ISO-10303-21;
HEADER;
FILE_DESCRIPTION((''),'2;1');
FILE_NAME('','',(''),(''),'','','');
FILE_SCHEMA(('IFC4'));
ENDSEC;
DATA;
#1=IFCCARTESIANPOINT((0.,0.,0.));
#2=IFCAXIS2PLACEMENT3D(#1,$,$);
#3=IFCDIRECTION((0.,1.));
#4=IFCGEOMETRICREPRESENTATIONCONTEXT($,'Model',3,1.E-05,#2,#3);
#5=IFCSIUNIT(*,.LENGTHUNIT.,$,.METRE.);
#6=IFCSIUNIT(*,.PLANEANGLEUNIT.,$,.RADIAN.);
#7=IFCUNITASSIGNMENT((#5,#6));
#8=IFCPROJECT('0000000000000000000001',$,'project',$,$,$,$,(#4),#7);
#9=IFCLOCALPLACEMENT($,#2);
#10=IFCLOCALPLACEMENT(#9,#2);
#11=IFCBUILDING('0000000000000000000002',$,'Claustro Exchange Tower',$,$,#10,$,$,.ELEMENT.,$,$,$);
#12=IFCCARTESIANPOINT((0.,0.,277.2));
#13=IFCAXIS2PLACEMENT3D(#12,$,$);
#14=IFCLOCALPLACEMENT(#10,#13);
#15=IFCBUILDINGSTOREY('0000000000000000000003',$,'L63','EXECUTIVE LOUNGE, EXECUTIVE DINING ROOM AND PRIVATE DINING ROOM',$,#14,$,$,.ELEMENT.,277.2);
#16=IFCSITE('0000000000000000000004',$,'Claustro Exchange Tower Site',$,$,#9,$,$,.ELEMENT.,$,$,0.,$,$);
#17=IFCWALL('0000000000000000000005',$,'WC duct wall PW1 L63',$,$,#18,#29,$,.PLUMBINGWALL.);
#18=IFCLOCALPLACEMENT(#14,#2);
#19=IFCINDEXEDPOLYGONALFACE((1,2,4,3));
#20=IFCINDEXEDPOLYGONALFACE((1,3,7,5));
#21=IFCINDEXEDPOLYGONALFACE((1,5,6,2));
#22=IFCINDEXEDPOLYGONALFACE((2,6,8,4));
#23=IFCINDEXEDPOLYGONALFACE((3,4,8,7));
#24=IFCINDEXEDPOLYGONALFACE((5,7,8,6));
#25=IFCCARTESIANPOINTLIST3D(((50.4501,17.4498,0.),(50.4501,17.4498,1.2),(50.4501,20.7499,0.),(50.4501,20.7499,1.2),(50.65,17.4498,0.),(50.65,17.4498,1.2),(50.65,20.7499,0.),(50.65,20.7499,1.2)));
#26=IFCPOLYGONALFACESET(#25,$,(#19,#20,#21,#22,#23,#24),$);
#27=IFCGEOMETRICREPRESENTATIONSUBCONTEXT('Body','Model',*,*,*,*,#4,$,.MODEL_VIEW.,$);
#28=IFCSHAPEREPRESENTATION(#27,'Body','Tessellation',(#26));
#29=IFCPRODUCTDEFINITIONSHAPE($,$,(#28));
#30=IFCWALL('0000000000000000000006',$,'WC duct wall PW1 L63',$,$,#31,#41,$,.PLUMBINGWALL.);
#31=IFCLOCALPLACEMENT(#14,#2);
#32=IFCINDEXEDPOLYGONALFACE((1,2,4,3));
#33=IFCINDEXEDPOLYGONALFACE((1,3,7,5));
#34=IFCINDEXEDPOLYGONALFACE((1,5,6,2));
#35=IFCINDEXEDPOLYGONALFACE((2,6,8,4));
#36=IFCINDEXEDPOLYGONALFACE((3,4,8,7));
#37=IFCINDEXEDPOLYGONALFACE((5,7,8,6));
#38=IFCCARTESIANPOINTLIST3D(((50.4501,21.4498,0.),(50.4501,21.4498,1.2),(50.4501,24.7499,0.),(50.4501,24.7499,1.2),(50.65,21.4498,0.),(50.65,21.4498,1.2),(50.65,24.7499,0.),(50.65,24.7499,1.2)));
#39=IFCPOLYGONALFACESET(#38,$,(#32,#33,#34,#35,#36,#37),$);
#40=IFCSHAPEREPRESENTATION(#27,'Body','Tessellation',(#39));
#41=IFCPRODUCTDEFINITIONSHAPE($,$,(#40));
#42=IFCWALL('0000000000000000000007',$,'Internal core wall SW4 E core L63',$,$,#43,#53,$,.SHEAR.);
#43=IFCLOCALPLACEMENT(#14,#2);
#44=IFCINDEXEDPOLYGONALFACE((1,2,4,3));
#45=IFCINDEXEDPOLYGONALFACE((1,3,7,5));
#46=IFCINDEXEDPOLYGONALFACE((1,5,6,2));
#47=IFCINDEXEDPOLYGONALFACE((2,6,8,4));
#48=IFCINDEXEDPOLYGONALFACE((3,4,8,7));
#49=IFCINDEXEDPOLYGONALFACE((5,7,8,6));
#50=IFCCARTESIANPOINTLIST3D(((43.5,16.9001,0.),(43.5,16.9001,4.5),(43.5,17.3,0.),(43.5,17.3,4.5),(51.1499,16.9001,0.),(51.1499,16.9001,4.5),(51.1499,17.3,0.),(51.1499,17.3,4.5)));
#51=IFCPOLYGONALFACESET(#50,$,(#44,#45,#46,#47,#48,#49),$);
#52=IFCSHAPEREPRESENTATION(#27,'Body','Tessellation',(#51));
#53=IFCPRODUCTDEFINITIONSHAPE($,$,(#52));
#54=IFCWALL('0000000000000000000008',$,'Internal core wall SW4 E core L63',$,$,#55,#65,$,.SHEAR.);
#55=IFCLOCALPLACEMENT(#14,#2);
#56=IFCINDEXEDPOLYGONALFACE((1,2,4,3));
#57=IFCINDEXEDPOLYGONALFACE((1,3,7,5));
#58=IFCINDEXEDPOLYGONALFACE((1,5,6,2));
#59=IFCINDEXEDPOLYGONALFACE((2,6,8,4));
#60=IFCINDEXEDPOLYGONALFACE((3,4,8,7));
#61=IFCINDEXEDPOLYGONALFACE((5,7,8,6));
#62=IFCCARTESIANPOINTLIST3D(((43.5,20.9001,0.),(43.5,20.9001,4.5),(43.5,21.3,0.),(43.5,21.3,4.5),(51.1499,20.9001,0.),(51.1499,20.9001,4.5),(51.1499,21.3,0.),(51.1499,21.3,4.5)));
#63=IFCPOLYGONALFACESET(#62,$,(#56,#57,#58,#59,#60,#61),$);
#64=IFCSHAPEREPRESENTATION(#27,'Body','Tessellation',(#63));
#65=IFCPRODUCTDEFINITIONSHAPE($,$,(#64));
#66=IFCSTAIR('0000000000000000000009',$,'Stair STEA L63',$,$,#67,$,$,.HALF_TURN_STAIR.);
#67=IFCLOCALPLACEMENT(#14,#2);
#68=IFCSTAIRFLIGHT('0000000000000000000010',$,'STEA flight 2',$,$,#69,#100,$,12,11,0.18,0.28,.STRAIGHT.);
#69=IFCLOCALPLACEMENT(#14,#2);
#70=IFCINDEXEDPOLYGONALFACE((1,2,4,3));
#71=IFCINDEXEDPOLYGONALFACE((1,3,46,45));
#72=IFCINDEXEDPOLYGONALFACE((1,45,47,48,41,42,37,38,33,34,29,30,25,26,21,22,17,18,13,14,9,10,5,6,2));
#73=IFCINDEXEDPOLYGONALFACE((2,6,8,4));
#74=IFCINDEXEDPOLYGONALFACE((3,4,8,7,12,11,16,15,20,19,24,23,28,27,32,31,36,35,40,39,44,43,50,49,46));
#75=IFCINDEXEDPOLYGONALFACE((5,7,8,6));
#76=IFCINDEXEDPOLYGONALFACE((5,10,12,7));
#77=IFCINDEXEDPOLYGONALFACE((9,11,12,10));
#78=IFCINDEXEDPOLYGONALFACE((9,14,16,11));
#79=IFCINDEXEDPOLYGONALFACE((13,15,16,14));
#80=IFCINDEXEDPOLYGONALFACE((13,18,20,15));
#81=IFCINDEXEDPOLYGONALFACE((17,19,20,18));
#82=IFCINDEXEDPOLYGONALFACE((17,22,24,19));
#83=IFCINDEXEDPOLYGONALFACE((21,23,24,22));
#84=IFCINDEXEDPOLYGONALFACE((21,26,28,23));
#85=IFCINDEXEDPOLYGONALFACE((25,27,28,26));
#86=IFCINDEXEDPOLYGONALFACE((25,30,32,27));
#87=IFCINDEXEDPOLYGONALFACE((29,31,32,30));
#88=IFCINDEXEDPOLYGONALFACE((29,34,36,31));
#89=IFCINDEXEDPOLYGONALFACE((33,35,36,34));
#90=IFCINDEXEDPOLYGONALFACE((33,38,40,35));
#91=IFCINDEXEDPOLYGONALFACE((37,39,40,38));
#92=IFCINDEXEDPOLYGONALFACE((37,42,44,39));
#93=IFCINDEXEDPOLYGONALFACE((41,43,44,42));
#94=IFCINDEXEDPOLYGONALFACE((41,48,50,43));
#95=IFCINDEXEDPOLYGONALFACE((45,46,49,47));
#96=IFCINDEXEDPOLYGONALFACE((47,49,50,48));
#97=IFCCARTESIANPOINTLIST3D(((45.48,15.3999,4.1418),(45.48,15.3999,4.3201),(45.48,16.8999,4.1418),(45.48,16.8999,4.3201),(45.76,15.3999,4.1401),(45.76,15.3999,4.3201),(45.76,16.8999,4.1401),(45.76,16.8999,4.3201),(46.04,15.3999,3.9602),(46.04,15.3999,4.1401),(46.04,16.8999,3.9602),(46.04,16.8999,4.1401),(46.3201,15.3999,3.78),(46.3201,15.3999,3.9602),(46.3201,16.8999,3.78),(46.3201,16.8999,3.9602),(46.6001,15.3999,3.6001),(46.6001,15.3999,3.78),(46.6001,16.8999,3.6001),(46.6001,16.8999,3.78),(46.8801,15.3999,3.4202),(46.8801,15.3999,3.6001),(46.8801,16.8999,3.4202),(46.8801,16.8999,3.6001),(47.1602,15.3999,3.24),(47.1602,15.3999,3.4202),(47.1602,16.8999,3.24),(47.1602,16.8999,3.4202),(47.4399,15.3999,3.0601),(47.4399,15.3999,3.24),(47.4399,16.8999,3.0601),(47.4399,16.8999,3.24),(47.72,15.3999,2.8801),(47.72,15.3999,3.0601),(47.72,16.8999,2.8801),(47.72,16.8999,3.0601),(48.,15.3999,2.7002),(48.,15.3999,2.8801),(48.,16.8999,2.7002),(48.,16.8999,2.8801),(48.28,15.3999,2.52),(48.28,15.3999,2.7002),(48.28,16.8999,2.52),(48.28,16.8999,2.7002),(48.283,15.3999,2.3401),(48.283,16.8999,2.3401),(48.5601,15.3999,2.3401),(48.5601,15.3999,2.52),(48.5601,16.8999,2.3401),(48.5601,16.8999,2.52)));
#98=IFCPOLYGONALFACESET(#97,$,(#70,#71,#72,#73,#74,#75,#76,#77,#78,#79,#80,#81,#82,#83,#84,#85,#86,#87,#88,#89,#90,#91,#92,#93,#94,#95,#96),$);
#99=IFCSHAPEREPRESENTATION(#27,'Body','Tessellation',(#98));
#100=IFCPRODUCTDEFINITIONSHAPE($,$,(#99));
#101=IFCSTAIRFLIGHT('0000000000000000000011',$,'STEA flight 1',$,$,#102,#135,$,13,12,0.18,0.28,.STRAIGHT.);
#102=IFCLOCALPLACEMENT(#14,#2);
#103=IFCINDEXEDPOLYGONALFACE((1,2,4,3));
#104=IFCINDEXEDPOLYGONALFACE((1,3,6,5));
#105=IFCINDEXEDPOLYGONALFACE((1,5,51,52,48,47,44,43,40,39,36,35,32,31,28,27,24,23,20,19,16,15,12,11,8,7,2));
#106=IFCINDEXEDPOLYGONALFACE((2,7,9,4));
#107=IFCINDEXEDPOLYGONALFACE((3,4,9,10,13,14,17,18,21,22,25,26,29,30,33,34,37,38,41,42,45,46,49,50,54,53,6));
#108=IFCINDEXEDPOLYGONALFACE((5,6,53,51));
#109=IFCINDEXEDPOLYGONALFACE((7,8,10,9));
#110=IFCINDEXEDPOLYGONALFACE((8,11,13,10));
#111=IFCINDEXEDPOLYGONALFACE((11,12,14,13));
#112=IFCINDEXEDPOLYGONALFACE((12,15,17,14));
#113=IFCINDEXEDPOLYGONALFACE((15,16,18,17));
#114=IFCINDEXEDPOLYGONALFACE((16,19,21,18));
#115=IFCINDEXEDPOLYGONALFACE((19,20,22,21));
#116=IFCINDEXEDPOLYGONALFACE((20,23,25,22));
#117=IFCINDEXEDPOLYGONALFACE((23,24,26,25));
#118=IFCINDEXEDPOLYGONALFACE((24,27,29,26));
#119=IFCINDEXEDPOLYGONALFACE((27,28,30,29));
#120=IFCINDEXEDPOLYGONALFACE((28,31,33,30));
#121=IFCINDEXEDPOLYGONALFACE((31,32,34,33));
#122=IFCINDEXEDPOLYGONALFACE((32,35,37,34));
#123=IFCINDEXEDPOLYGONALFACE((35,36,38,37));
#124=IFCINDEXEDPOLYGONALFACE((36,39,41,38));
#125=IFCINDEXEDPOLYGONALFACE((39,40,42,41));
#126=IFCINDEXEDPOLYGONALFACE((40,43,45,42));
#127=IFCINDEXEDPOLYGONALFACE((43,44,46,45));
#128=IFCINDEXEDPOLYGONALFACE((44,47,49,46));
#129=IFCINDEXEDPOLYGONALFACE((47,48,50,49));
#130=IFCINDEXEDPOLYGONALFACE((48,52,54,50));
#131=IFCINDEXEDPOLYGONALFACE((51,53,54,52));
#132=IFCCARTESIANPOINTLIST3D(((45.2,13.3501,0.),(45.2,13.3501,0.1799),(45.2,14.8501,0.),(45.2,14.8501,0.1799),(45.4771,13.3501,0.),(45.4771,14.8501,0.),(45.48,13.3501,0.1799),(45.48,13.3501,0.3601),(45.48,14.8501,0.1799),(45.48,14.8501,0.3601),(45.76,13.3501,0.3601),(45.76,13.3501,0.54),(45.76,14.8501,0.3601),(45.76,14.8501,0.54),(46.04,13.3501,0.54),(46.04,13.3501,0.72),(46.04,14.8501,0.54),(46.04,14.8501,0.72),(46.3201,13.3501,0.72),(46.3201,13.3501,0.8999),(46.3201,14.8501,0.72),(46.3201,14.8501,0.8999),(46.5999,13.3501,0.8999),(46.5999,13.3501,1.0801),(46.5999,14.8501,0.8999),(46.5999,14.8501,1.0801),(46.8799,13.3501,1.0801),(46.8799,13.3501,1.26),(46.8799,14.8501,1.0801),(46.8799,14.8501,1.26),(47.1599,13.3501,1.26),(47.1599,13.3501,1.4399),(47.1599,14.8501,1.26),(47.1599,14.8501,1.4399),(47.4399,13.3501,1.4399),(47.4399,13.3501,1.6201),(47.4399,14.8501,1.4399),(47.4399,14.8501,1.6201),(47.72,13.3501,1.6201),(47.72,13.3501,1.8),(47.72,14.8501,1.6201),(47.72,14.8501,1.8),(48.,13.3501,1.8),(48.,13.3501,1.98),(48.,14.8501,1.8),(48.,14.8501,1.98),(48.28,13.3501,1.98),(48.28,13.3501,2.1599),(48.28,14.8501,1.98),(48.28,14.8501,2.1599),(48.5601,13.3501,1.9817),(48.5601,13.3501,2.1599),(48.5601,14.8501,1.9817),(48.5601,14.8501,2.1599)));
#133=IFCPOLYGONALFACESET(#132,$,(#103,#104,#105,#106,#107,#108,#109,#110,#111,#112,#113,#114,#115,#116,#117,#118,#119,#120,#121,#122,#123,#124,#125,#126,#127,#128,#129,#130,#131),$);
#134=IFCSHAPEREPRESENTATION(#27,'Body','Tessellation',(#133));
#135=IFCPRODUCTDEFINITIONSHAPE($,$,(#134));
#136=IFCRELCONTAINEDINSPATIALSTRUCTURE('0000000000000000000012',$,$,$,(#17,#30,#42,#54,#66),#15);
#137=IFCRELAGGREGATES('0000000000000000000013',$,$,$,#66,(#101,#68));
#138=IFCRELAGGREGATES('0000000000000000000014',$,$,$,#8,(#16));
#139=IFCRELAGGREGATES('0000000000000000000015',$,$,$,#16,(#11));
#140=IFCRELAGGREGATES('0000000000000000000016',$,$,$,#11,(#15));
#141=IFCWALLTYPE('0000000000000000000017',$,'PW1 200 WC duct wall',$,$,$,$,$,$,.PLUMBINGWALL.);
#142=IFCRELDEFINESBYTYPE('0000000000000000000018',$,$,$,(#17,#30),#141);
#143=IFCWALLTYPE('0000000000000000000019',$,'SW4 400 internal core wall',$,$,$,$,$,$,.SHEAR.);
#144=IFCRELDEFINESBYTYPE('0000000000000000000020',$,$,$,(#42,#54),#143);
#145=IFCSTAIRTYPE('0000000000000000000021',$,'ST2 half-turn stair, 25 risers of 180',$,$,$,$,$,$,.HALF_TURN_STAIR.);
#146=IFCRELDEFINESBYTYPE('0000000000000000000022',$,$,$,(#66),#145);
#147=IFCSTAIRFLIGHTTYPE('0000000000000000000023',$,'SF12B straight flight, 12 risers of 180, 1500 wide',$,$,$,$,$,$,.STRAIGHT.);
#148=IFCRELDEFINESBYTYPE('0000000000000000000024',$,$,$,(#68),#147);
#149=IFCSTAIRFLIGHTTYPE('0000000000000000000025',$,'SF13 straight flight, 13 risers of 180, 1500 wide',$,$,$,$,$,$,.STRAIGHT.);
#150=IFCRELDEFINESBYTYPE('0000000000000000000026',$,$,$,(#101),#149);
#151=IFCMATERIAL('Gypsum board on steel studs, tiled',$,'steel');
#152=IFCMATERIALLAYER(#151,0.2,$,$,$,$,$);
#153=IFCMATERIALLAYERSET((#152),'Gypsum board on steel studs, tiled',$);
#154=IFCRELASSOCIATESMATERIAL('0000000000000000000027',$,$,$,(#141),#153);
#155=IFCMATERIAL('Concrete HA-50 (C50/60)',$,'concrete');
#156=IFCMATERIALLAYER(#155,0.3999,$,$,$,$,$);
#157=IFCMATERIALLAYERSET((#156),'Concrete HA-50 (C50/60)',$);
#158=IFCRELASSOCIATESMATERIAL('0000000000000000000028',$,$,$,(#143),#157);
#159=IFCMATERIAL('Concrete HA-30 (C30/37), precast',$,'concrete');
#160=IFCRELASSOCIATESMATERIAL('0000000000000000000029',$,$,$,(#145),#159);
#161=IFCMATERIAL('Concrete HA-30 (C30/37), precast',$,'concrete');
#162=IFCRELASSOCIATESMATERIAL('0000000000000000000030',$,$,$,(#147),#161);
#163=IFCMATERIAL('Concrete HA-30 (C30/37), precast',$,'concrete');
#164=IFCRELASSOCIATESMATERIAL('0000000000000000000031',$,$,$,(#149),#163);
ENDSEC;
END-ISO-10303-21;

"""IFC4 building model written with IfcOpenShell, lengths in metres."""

from ifc_helpers import new_model, si_unit, direction, frame, frame_2d, origin, place, context, subcontext, project, spatial, polyline, rectangle, outline, extrude, material, layer, layer_set, type_object, element, aggregate, save


model = new_model("IFC4")

# Units and contexts
model_context = context("Model", 3, precision=1e-05, world=origin(), true_north=direction((0.0, 1.0)))
body_context = subcontext(model_context, "Body", "Model", "MODEL_VIEW")
ifc_project = project(units=[si_unit("LENGTHUNIT", "METRE"), si_unit("PLANEANGLEUNIT", "RADIAN")], contexts=[model_context])

# Site, building, storey
site_placement = place(None, origin())
site = spatial("IfcSite", under=ifc_project, at=site_placement, Name="Claustro Exchange Tower Site", CompositionType="ELEMENT", RefElevation=0.0)
building_placement = place(site_placement, origin())
building = spatial("IfcBuilding", under=site, at=building_placement, Name="Claustro Exchange Tower", CompositionType="ELEMENT")
storey_placement = place(building_placement, frame((0.0, 0.0, 277.2)))
storey = spatial("IfcBuildingStorey", under=building, at=storey_placement, Name="L63", Description="EXECUTIVE LOUNGE, EXECUTIVE DINING ROOM AND PRIVATE DINING ROOM", CompositionType="ELEMENT", Elevation=277.2)

# Walls
ifc_material_1 = material(Name="Gypsum board on steel studs, tiled", Category="steel")
ifc_layer_1 = layer(ifc_material_1, 0.2)
ifc_layer_set_1 = layer_set([ifc_layer_1], Name="Gypsum board on steel studs, tiled")
wall_type_1 = type_object("IfcWallType", Name="PW1 200 WC duct wall", PredefinedType="PLUMBINGWALL", material=ifc_layer_set_1)
for number, where, z_axis, x_axis, name in (
    (1, (50.55, 17.45, 0.0), (0.0, 0.0, 1.0), (0.0, 1.0, 0.0), "WC duct wall PW1 L63"),
    (2, (50.55, 21.45, 0.0), (0.0, 0.0, 1.0), (0.0, 1.0, 0.0), "WC duct wall PW1 L63"),
):
    element("IfcWall", number, at=place(storey_placement, frame(where, z_axis=z_axis, x_axis=x_axis)), inside=storey, type_object=wall_type_1, Name=name, PredefinedType="PLUMBINGWALL", context=body_context, shape_type="SweptSolid", body=[
        extrude(rectangle(XDim=3.3, YDim=0.2, at=frame_2d((1.6499, 0.0))), origin(), (0.0, 0.0, 1.0), 1.2),
    ])
ifc_material_2 = material(Name="Concrete HA-50 (C50/60)", Category="concrete")
ifc_layer_2 = layer(ifc_material_2, 0.3999)
ifc_layer_set_2 = layer_set([ifc_layer_2], Name="Concrete HA-50 (C50/60)")
wall_type_2 = type_object("IfcWallType", Name="SW4 400 internal core wall", PredefinedType="SHEAR", material=ifc_layer_set_2)
for number, where, z_axis, x_axis, name in (
    (3, (51.1499, 17.1001, 0.0), (0.0, 0.0, 1.0), (-1.0, 0.0, 0.0), "Internal core wall SW4 E core L63"),
    (4, (51.1499, 21.1001, 0.0), (0.0, 0.0, 1.0), (-1.0, 0.0, 0.0), "Internal core wall SW4 E core L63"),
):
    element("IfcWall", number, at=place(storey_placement, frame(where, z_axis=z_axis, x_axis=x_axis)), inside=storey, type_object=wall_type_2, Name=name, PredefinedType="SHEAR", context=body_context, shape_type="SweptSolid", body=[
        extrude(rectangle(XDim=7.6499, YDim=0.3999, at=frame_2d((3.825, 0.0))), origin(), (0.0, 0.0, 1.0), 4.5),
    ])

# Stair, stair flights
ifc_material_3 = material(Name="Concrete HA-30 (C30/37), precast", Category="concrete")
stair_type = type_object("IfcStairType", Name="ST2 half-turn stair, 25 risers of 180", PredefinedType="HALF_TURN_STAIR", material=ifc_material_3)
stair_placement = place(storey_placement, origin())
stair = element("IfcStair", 5, at=stair_placement, inside=storey, type_object=stair_type, Name="Stair STEA L63", PredefinedType="HALF_TURN_STAIR")
ifc_material_4 = material(Name="Concrete HA-30 (C30/37), precast", Category="concrete")
stair_flight_type_1 = type_object("IfcStairFlightType", Name="SF12B straight flight, 12 risers of 180, 1500 wide", PredefinedType="STRAIGHT", material=ifc_material_4)
stair_flight_1_placement = place(storey_placement, frame((48.5601, 16.1499, 2.3401), z_axis=(0.0, 0.0, 1.0), x_axis=(-1.0, 0.0, 0.0)))
stair_flight_1 = element("IfcStairFlight", 6, at=stair_flight_1_placement, type_object=stair_flight_type_1, Name="STEA flight 2", NumberOfRisers=12, NumberOfTreads=11, PredefinedType="STRAIGHT", RiserHeight=0.18, TreadLength=0.28, context=body_context, shape_type="SweptSolid", body=[
    extrude(outline(polyline([(0.0, 0.0), (0.0, 0.1799), (0.28, 0.1799), (0.28, 0.3601), (0.5601, 0.3601), (0.5601, 0.54), (0.8401, 0.54), (0.8401, 0.72), (1.1201, 0.72), (1.1201, 0.8999), (1.3999, 0.8999), (1.3999, 1.0801), (1.6799, 1.0801), (1.6799, 1.26), (1.96, 1.26), (1.96, 1.4399), (2.24, 1.4399), (2.24, 1.6201), (2.52, 1.6201), (2.52, 1.8), (2.8, 1.8), (2.8, 1.98), (3.0801, 1.98), (3.0801, 2.1599), (3.0801, 1.8018), (0.2771, 0.0), (0.0, 0.0)])), frame((0.0, 0.75, 0.0), z_axis=(0.0, -1.0, 0.0), x_axis=(1.0, 0.0, 0.0)), (0.0, 0.0, 1.0), 1.5),
])
ifc_material_5 = material(Name="Concrete HA-30 (C30/37), precast", Category="concrete")
stair_flight_type_2 = type_object("IfcStairFlightType", Name="SF13 straight flight, 13 risers of 180, 1500 wide", PredefinedType="STRAIGHT", material=ifc_material_5)
stair_flight_2_placement = place(storey_placement, frame((45.2, 14.1001, 0.0), z_axis=(0.0, 0.0, 1.0), x_axis=(1.0, 0.0, 0.0)))
stair_flight_2 = element("IfcStairFlight", 7, at=stair_flight_2_placement, type_object=stair_flight_type_2, Name="STEA flight 1", NumberOfRisers=13, NumberOfTreads=12, PredefinedType="STRAIGHT", RiserHeight=0.18, TreadLength=0.28, context=body_context, shape_type="SweptSolid", body=[
    extrude(outline(polyline([(0.0, 0.0), (0.0, 0.1799), (0.28, 0.1799), (0.28, 0.3601), (0.5601, 0.3601), (0.5601, 0.54), (0.8401, 0.54), (0.8401, 0.72), (1.1201, 0.72), (1.1201, 0.8999), (1.3999, 0.8999), (1.3999, 1.0801), (1.6799, 1.0801), (1.6799, 1.26), (1.96, 1.26), (1.96, 1.4399), (2.24, 1.4399), (2.24, 1.6201), (2.52, 1.6201), (2.52, 1.8), (2.8, 1.8), (2.8, 1.98), (3.0801, 1.98), (3.0801, 2.1599), (3.3601, 2.1599), (3.3601, 2.3401), (3.3601, 1.9817), (0.2771, 0.0), (0.0, 0.0)])), frame((0.0, 0.75, 0.0), z_axis=(0.0, -1.0, 0.0), x_axis=(1.0, 0.0, 0.0)), (0.0, 0.0, 1.0), 1.5),
])
aggregate(stair, [stair_flight_2, stair_flight_1])

save(model, "model.ifc")
